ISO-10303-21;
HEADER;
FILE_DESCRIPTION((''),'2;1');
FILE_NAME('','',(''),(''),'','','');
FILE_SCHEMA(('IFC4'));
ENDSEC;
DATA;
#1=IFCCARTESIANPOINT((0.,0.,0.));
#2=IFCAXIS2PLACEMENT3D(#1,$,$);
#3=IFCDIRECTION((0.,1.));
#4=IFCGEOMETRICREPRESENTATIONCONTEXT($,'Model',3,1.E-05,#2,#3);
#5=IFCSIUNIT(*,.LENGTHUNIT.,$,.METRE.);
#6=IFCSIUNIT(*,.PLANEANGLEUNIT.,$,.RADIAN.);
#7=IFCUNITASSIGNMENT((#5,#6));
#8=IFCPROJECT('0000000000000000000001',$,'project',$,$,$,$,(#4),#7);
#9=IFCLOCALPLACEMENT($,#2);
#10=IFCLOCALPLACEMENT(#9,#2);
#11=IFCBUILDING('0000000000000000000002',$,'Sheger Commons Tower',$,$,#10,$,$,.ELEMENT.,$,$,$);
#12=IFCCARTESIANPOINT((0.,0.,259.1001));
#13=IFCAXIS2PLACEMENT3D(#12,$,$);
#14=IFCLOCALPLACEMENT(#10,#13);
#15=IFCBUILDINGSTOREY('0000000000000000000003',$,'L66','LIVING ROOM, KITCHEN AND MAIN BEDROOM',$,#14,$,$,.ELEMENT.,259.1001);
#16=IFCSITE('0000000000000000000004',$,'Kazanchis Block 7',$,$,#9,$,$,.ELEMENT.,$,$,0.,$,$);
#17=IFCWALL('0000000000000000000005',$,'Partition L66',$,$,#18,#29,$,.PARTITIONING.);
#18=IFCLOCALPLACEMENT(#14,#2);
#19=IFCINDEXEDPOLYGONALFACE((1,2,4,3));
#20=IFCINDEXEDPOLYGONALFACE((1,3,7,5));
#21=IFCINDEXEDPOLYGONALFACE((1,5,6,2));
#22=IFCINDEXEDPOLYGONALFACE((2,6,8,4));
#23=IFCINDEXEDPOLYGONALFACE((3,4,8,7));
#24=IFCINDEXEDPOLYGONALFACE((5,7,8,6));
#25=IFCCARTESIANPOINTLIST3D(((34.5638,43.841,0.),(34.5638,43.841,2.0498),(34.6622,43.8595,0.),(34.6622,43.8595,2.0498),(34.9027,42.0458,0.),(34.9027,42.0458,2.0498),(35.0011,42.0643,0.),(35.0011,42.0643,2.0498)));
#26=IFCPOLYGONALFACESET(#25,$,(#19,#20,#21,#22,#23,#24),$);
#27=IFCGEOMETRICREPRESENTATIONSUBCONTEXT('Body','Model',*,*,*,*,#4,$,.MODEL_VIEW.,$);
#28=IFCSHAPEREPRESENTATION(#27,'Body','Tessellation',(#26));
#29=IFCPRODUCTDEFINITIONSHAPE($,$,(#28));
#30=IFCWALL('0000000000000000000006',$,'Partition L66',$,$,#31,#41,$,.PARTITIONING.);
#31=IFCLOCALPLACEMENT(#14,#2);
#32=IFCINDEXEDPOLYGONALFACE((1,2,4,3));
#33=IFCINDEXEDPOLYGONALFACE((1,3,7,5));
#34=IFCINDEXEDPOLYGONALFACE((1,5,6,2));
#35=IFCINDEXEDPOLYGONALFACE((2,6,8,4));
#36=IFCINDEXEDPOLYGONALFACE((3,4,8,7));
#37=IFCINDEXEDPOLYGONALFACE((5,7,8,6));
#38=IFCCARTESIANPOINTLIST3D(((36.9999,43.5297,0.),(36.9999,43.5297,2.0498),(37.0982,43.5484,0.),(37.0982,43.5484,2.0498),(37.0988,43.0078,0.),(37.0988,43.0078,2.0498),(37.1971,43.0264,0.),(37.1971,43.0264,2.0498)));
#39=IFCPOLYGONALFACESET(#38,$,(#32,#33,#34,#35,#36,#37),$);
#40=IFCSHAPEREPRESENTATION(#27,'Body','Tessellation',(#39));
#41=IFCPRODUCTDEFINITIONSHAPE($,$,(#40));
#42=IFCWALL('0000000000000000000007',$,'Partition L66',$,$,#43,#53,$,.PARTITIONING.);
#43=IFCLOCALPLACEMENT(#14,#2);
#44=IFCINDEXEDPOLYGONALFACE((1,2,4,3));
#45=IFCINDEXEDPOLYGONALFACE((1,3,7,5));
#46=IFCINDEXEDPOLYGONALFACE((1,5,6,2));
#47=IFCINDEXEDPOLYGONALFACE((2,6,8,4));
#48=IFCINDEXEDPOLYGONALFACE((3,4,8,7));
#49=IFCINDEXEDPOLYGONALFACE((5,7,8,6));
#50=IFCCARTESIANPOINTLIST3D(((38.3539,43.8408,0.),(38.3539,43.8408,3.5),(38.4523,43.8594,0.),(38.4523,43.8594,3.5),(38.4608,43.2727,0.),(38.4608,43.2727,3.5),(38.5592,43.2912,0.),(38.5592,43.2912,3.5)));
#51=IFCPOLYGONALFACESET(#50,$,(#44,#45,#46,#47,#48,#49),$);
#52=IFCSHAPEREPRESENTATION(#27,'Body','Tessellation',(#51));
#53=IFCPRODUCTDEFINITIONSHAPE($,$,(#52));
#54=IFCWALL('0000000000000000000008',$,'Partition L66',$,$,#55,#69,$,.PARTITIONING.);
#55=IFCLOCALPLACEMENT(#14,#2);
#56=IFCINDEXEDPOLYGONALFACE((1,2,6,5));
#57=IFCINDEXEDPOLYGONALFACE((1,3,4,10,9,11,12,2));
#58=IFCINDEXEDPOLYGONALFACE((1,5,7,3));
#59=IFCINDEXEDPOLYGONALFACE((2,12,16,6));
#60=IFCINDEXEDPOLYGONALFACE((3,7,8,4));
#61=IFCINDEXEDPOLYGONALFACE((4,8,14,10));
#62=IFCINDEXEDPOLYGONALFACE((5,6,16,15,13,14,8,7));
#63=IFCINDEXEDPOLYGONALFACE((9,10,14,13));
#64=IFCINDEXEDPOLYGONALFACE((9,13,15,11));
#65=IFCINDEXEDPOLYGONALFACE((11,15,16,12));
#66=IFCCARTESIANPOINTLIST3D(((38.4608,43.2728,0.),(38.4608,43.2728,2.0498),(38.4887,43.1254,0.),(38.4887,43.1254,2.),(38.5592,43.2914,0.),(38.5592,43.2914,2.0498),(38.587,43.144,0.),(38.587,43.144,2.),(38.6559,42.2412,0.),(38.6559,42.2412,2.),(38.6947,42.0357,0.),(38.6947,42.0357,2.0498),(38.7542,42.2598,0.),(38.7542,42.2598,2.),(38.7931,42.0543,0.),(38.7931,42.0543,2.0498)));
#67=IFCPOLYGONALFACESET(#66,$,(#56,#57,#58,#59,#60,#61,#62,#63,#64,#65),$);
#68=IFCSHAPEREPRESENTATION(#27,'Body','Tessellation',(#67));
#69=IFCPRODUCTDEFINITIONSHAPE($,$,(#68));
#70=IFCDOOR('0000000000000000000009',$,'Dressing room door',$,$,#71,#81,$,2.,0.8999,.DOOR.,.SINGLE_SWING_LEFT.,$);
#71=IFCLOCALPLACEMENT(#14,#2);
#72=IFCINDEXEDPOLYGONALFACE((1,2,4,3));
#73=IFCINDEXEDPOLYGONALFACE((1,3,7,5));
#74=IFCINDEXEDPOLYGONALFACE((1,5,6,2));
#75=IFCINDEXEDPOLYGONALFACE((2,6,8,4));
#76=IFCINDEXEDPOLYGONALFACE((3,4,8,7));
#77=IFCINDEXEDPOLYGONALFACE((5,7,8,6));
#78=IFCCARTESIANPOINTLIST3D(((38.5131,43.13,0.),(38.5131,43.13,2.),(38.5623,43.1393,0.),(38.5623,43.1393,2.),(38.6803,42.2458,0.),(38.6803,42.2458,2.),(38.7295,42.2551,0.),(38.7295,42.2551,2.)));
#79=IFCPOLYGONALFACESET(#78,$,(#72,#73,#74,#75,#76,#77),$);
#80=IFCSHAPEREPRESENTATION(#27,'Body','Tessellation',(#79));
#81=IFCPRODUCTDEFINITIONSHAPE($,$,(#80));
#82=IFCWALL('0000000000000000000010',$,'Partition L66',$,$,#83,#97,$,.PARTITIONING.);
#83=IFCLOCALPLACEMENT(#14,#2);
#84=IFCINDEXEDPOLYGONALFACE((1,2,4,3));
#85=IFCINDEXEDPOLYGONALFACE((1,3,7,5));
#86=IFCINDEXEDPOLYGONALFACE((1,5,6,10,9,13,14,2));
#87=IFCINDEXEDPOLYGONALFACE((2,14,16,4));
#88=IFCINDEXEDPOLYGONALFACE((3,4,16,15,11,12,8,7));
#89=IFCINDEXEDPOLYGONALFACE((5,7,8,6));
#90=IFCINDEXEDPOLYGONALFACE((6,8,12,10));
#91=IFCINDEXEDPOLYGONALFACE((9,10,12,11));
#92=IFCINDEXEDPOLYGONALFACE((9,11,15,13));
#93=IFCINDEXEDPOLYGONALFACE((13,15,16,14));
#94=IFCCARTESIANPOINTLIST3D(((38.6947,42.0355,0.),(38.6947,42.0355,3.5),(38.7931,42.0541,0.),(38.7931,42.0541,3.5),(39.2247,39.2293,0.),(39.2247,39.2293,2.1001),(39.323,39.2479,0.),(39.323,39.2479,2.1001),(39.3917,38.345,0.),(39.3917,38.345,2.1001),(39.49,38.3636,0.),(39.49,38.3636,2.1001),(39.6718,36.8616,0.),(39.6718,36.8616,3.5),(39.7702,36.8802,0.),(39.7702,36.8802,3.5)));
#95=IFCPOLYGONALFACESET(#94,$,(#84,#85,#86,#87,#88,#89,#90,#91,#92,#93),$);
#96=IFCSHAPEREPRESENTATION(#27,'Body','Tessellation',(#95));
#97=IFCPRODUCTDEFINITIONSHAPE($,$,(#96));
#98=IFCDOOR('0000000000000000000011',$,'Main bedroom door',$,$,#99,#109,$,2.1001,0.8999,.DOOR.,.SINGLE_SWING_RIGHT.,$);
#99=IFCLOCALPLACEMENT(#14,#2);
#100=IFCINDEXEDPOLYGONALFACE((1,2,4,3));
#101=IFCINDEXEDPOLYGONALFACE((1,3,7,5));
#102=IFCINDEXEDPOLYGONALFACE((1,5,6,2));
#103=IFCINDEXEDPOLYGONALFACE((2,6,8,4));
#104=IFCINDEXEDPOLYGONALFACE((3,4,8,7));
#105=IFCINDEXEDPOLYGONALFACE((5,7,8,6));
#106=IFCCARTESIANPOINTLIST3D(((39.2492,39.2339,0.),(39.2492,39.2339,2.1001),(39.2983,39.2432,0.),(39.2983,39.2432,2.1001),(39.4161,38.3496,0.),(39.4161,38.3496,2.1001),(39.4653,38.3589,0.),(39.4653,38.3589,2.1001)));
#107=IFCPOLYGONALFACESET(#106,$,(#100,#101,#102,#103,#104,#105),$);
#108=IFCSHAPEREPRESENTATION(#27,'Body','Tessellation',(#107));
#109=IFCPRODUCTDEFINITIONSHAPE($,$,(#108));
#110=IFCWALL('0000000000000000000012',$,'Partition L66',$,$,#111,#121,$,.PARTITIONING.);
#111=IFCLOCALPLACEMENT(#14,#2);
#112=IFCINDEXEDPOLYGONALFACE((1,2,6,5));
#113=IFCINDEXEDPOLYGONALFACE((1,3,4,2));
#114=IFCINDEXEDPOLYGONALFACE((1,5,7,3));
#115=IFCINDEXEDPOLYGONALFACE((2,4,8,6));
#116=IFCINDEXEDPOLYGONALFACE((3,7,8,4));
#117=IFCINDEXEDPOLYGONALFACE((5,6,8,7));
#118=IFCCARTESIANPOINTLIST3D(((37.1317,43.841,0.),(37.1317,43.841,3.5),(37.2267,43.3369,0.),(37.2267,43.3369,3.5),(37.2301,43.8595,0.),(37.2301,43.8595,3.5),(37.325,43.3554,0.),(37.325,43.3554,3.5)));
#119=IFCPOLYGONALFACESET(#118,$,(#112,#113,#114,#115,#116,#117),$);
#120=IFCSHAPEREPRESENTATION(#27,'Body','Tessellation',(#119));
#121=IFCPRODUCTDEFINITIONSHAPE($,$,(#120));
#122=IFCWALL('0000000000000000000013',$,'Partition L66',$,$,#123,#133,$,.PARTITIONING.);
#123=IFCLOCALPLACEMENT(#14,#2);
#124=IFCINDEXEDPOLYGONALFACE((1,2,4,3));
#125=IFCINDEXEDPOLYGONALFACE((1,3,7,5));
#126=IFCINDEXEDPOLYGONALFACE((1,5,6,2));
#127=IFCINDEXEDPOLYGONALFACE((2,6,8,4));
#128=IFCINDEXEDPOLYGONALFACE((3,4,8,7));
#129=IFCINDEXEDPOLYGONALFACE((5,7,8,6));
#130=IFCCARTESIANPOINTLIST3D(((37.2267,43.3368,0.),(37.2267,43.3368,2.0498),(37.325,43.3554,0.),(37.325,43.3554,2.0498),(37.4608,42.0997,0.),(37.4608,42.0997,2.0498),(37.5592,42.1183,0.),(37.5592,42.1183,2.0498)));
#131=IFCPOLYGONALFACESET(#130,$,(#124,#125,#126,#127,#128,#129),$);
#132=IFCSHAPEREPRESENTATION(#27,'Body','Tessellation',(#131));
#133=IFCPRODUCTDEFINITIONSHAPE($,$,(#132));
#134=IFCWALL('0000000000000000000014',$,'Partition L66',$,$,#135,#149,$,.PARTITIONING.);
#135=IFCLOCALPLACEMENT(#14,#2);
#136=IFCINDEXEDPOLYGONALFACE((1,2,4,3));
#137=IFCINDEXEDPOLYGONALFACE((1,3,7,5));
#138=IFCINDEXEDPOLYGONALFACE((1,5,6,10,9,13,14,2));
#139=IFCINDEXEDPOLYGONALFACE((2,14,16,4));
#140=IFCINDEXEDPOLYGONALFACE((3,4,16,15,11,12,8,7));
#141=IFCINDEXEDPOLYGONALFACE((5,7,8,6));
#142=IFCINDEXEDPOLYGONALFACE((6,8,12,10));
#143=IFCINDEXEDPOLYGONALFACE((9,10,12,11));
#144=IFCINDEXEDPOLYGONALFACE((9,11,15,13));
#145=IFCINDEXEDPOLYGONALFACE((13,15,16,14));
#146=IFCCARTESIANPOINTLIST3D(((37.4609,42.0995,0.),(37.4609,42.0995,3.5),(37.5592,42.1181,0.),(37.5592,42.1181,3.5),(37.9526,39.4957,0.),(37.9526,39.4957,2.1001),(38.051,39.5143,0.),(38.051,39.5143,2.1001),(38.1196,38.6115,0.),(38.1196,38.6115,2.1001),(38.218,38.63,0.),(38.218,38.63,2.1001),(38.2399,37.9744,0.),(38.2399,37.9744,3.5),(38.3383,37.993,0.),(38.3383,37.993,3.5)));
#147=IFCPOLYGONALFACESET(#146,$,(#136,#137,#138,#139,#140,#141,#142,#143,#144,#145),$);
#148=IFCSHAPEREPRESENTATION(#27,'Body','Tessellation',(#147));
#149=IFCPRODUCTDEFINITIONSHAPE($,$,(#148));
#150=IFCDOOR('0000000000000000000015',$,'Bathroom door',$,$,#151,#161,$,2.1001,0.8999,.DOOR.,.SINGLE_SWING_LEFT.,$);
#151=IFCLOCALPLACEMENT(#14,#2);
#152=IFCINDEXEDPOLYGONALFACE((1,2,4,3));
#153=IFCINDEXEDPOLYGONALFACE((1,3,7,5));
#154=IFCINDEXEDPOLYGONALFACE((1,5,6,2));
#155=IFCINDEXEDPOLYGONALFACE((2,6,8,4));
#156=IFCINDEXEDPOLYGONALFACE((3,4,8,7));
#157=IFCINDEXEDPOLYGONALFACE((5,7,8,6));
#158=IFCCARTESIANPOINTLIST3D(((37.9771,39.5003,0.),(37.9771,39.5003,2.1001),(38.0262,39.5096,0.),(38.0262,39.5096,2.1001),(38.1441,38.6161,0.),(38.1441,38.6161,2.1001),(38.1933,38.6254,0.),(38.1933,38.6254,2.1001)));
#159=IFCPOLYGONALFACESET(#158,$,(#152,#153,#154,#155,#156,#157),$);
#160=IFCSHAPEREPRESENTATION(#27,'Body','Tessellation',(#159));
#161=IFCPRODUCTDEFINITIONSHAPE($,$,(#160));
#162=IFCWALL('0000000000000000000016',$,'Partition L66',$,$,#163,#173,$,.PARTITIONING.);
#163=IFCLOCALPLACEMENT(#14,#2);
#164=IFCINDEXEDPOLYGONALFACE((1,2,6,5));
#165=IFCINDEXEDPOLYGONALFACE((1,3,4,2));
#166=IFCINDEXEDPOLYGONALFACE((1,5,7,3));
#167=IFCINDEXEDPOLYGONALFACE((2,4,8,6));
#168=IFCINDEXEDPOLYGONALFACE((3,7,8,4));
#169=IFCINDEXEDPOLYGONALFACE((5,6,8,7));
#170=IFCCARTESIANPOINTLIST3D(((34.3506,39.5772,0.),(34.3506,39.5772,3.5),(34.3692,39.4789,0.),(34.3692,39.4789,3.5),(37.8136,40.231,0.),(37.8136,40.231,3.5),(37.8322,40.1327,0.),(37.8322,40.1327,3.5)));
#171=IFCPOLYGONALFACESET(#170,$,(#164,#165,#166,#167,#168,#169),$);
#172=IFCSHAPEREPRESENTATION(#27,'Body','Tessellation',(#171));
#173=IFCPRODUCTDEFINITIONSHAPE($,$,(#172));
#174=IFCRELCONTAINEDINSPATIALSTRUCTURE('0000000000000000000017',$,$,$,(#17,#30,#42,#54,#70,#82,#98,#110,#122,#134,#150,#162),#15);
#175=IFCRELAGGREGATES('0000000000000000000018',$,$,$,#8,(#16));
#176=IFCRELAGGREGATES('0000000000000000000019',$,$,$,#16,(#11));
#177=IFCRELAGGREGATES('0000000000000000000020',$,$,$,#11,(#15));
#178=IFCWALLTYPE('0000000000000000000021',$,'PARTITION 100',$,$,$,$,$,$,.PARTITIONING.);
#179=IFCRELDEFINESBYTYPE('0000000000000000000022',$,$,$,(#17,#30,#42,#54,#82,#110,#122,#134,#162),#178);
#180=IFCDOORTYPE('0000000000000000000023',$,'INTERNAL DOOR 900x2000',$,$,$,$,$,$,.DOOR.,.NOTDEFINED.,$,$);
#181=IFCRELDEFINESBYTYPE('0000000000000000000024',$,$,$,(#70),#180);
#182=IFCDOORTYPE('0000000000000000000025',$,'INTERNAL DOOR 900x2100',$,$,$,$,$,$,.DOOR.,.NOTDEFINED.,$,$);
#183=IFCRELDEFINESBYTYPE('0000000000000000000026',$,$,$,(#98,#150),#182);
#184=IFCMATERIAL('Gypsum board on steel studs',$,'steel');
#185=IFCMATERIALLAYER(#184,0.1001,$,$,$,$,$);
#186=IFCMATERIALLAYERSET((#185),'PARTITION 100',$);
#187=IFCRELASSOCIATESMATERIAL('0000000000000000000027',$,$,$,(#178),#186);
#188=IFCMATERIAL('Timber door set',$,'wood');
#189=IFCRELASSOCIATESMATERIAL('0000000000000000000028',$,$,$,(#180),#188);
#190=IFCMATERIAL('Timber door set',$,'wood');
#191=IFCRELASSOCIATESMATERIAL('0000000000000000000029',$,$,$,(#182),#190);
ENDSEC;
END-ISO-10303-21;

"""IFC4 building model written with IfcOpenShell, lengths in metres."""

from ifc_helpers import new_model, si_unit, direction, frame, frame_2d, origin, place, context, subcontext, project, spatial, rectangle, extrude, material, layer, layer_set, type_object, element, fill, save


model = new_model("IFC4")

# Units and contexts
model_context = context("Model", 3, precision=1e-05, world=origin(), true_north=direction((0.0, 1.0)))
body_context = subcontext(model_context, "Body", "Model", "MODEL_VIEW")
ifc_project = project(units=[si_unit("LENGTHUNIT", "METRE"), si_unit("PLANEANGLEUNIT", "RADIAN")], contexts=[model_context])

# Site, building, storey
site_placement = place(None, origin())
site = spatial("IfcSite", under=ifc_project, at=site_placement, Name="Kazanchis Block 7", CompositionType="ELEMENT", RefElevation=0.0)
building_placement = place(site_placement, origin())
building = spatial("IfcBuilding", under=site, at=building_placement, Name="Sheger Commons Tower", CompositionType="ELEMENT")
storey_placement = place(building_placement, frame((0.0, 0.0, 259.1001)))
storey = spatial("IfcBuildingStorey", under=building, at=storey_placement, Name="L66", Description="LIVING ROOM, KITCHEN AND MAIN BEDROOM", CompositionType="ELEMENT", Elevation=259.1001)

# Walls
ifc_material_1 = material(Name="Gypsum board on steel studs", Category="steel")
ifc_layer_1 = layer(ifc_material_1, 0.1001)
ifc_layer_set_1 = layer_set([ifc_layer_1], Name="PARTITION 100")
wall_type_1 = type_object("IfcWallType", Name="PARTITION 100", PredefinedType="PARTITIONING", material=ifc_layer_set_1)
wall_1_placement = place(storey_placement, frame((34.9519, 42.0549, 0.0), z_axis=(0.0, 0.0, 1.0), x_axis=(-0.185491, 0.982646, 0.0)))
element("IfcWall", 1, at=wall_1_placement, inside=storey, type_object=wall_type_1, Name="Partition L66", PredefinedType="PARTITIONING", context=body_context, shape_type="SweptSolid", body=[
    extrude(rectangle(XDim=1.8269, YDim=0.1001, at=frame_2d((0.9136, 0.0))), origin(), (0.0, 0.0, 1.0), 2.0498),
])
wall_2_placement = place(storey_placement, frame((37.0491, 43.5391, 0.0), z_axis=(0.0, 0.0, 1.0), x_axis=(0.186119, -0.982527, 0.0)))
element("IfcWall", 2, at=wall_2_placement, inside=storey, type_object=wall_type_1, Name="Partition L66", PredefinedType="PARTITIONING", context=body_context, shape_type="SweptSolid", body=[
    extrude(rectangle(XDim=0.5312, YDim=0.1001, at=frame_2d((0.2656, 0.0))), origin(), (0.0, 0.0, 1.0), 2.0498),
])
wall_3_placement = place(storey_placement, frame((38.4031, 43.8501, 0.0), z_axis=(0.0, 0.0, 1.0), x_axis=(0.184977, -0.982743, 0.0)))
element("IfcWall", 3, at=wall_3_placement, inside=storey, type_object=wall_type_1, Name="Partition L66", PredefinedType="PARTITIONING", context=body_context, shape_type="SweptSolid", body=[
    extrude(rectangle(XDim=0.5781, YDim=0.1001, at=frame_2d((0.2891, 0.0))), origin(), (0.0, 0.0, 1.0), 3.5),
])

# Walls, openings, doors
wall_4_placement = place(storey_placement, frame((38.51, 43.282, 0.0), z_axis=(0.0, 0.0, 1.0), x_axis=(0.185775, -0.982592, 0.0)))
wall_4 = element("IfcWall", 4, at=wall_4_placement, inside=storey, type_object=wall_type_1, Name="Partition L66", PredefinedType="PARTITIONING", context=body_context, shape_type="SweptSolid", body=[
    extrude(rectangle(XDim=1.259, YDim=0.1001, at=frame_2d((0.6294, 0.0))), origin(), (0.0, 0.0, 1.0), 2.0498),
])
opening_1_placement = place(wall_4_placement, frame((0.1499, 0.0, 0.0)))
opening_1 = element("IfcOpeningElement", 5, at=opening_1_placement, cuts=wall_4, PredefinedType="OPENING", context=body_context, shape_type="SweptSolid", body=[
    extrude(rectangle(XDim=0.8999, YDim=2.0, at=frame_2d((0.45, 1.0))), frame((0.0, 0.0601, 0.0), z_axis=(0.0, -1.0, 0.0), x_axis=(1.0, 0.0, 0.0)), (0.0, 0.0, 1.0), 0.1201),
])
ifc_material_2 = material(Name="Timber door set", Category="wood")
door_type_1 = type_object("IfcDoorType", Name="INTERNAL DOOR 900x2000", OperationType="NOTDEFINED", PredefinedType="DOOR", material=ifc_material_2)
door_1_placement = place(opening_1_placement, origin())
door_1 = element("IfcDoor", 6, at=door_1_placement, inside=storey, type_object=door_type_1, Name="Dressing room door", OperationType="SINGLE_SWING_LEFT", OverallHeight=2.0, OverallWidth=0.8999, PredefinedType="DOOR", context=body_context, shape_type="SweptSolid", body=[
    extrude(rectangle(XDim=0.8999, YDim=2.0, at=frame_2d((0.45, 1.0))), frame((0.0, 0.0249, 0.0), z_axis=(0.0, -1.0, 0.0), x_axis=(1.0, 0.0, 0.0)), (0.0, 0.0, 1.0), 0.05),
])
fill(opening_1, door_1)
wall_5_placement = place(storey_placement, frame((38.7439, 42.0449, 0.0), z_axis=(0.0, 0.0, 1.0), x_axis=(0.185565, -0.982632, 0.0)))
wall_5 = element("IfcWall", 7, at=wall_5_placement, inside=storey, type_object=wall_type_1, Name="Partition L66", PredefinedType="PARTITIONING", context=body_context, shape_type="SweptSolid", body=[
    extrude(rectangle(XDim=5.2654, YDim=0.1001, at=frame_2d((2.6328, 0.0))), origin(), (0.0, 0.0, 1.0), 3.5),
])
opening_2_placement = place(wall_5_placement, frame((2.856, 0.0, 0.0)))
opening_2 = element("IfcOpeningElement", 8, at=opening_2_placement, cuts=wall_5, PredefinedType="OPENING", context=body_context, shape_type="SweptSolid", body=[
    extrude(rectangle(XDim=0.8999, YDim=2.1001, at=frame_2d((0.45, 1.05))), frame((0.0, 0.0601, 0.0), z_axis=(0.0, -1.0, 0.0), x_axis=(1.0, 0.0, 0.0)), (0.0, 0.0, 1.0), 0.1201),
])
ifc_material_3 = material(Name="Timber door set", Category="wood")
door_type_2 = type_object("IfcDoorType", Name="INTERNAL DOOR 900x2100", OperationType="NOTDEFINED", PredefinedType="DOOR", material=ifc_material_3)
door_2_placement = place(opening_2_placement, origin())
door_2 = element("IfcDoor", 9, at=door_2_placement, inside=storey, type_object=door_type_2, Name="Main bedroom door", OperationType="SINGLE_SWING_RIGHT", OverallHeight=2.1001, OverallWidth=0.8999, PredefinedType="DOOR", context=body_context, shape_type="SweptSolid", body=[
    extrude(rectangle(XDim=0.8999, YDim=2.1001, at=frame_2d((0.45, 1.05))), frame((0.0, 0.0249, 0.0), z_axis=(0.0, -1.0, 0.0), x_axis=(1.0, 0.0, 0.0)), (0.0, 0.0, 1.0), 0.05),
])
fill(opening_2, door_2)

# Walls
wall_6_placement = place(storey_placement, frame((37.1809, 43.8501, 0.0), z_axis=(0.0, 0.0, 1.0), x_axis=(0.185122, -0.982716, 0.0)))
element("IfcWall", 10, at=wall_6_placement, inside=storey, type_object=wall_type_1, Name="Partition L66", PredefinedType="PARTITIONING", context=body_context, shape_type="SweptSolid", body=[
    extrude(rectangle(XDim=0.5129, YDim=0.1001, at=frame_2d((0.2563, 0.0))), origin(), (0.0, 0.0, 1.0), 3.5),
])
wall_7_placement = place(storey_placement, frame((37.2759, 43.3459, 0.0), z_axis=(0.0, 0.0, 1.0), x_axis=(0.185963, -0.982557, 0.0)))
element("IfcWall", 11, at=wall_7_placement, inside=storey, type_object=wall_type_1, Name="Partition L66", PredefinedType="PARTITIONING", context=body_context, shape_type="SweptSolid", body=[
    extrude(rectangle(XDim=1.259, YDim=0.1001, at=frame_2d((0.6294, 0.0))), origin(), (0.0, 0.0, 1.0), 2.0498),
])

# Wall, opening, door
wall_8_placement = place(storey_placement, frame((37.51, 42.1089, 0.0), z_axis=(0.0, 0.0, 1.0), x_axis=(0.185581, -0.982629, 0.0)))
wall_8 = element("IfcWall", 12, at=wall_8_placement, inside=storey, type_object=wall_type_1, Name="Partition L66", PredefinedType="PARTITIONING", context=body_context, shape_type="SweptSolid", body=[
    extrude(rectangle(XDim=4.198, YDim=0.1001, at=frame_2d((2.0991, 0.0))), origin(), (0.0, 0.0, 1.0), 3.5),
])
opening_3_placement = place(wall_8_placement, frame((2.6499, 0.0, 0.0)))
opening_3 = element("IfcOpeningElement", 13, at=opening_3_placement, cuts=wall_8, PredefinedType="OPENING", context=body_context, shape_type="SweptSolid", body=[
    extrude(rectangle(XDim=0.8999, YDim=2.1001, at=frame_2d((0.45, 1.05))), frame((0.0, 0.0601, 0.0), z_axis=(0.0, -1.0, 0.0), x_axis=(1.0, 0.0, 0.0)), (0.0, 0.0, 1.0), 0.1201),
])
door_3_placement = place(opening_3_placement, origin())
door_3 = element("IfcDoor", 14, at=door_3_placement, inside=storey, type_object=door_type_2, Name="Bathroom door", OperationType="SINGLE_SWING_LEFT", OverallHeight=2.1001, OverallWidth=0.8999, PredefinedType="DOOR", context=body_context, shape_type="SweptSolid", body=[
    extrude(rectangle(XDim=0.8999, YDim=2.1001, at=frame_2d((0.45, 1.05))), frame((0.0, 0.0249, 0.0), z_axis=(0.0, -1.0, 0.0), x_axis=(1.0, 0.0, 0.0)), (0.0, 0.0, 1.0), 0.05),
])
fill(opening_3, door_3)

# Wall
wall_9_placement = place(storey_placement, frame((37.823, 40.1819, 0.0), z_axis=(0.0, 0.0, 1.0), x_axis=(-0.982639, -0.185527, 0.0)))
element("IfcWall", 15, at=wall_9_placement, inside=storey, type_object=wall_type_1, Name="Partition L66", PredefinedType="PARTITIONING", context=body_context, shape_type="SweptSolid", body=[
    extrude(rectangle(XDim=3.5242, YDim=0.1001, at=frame_2d((1.7622, 0.0))), origin(), (0.0, 0.0, 1.0), 3.5),
])

save(model, "model.ifc")
